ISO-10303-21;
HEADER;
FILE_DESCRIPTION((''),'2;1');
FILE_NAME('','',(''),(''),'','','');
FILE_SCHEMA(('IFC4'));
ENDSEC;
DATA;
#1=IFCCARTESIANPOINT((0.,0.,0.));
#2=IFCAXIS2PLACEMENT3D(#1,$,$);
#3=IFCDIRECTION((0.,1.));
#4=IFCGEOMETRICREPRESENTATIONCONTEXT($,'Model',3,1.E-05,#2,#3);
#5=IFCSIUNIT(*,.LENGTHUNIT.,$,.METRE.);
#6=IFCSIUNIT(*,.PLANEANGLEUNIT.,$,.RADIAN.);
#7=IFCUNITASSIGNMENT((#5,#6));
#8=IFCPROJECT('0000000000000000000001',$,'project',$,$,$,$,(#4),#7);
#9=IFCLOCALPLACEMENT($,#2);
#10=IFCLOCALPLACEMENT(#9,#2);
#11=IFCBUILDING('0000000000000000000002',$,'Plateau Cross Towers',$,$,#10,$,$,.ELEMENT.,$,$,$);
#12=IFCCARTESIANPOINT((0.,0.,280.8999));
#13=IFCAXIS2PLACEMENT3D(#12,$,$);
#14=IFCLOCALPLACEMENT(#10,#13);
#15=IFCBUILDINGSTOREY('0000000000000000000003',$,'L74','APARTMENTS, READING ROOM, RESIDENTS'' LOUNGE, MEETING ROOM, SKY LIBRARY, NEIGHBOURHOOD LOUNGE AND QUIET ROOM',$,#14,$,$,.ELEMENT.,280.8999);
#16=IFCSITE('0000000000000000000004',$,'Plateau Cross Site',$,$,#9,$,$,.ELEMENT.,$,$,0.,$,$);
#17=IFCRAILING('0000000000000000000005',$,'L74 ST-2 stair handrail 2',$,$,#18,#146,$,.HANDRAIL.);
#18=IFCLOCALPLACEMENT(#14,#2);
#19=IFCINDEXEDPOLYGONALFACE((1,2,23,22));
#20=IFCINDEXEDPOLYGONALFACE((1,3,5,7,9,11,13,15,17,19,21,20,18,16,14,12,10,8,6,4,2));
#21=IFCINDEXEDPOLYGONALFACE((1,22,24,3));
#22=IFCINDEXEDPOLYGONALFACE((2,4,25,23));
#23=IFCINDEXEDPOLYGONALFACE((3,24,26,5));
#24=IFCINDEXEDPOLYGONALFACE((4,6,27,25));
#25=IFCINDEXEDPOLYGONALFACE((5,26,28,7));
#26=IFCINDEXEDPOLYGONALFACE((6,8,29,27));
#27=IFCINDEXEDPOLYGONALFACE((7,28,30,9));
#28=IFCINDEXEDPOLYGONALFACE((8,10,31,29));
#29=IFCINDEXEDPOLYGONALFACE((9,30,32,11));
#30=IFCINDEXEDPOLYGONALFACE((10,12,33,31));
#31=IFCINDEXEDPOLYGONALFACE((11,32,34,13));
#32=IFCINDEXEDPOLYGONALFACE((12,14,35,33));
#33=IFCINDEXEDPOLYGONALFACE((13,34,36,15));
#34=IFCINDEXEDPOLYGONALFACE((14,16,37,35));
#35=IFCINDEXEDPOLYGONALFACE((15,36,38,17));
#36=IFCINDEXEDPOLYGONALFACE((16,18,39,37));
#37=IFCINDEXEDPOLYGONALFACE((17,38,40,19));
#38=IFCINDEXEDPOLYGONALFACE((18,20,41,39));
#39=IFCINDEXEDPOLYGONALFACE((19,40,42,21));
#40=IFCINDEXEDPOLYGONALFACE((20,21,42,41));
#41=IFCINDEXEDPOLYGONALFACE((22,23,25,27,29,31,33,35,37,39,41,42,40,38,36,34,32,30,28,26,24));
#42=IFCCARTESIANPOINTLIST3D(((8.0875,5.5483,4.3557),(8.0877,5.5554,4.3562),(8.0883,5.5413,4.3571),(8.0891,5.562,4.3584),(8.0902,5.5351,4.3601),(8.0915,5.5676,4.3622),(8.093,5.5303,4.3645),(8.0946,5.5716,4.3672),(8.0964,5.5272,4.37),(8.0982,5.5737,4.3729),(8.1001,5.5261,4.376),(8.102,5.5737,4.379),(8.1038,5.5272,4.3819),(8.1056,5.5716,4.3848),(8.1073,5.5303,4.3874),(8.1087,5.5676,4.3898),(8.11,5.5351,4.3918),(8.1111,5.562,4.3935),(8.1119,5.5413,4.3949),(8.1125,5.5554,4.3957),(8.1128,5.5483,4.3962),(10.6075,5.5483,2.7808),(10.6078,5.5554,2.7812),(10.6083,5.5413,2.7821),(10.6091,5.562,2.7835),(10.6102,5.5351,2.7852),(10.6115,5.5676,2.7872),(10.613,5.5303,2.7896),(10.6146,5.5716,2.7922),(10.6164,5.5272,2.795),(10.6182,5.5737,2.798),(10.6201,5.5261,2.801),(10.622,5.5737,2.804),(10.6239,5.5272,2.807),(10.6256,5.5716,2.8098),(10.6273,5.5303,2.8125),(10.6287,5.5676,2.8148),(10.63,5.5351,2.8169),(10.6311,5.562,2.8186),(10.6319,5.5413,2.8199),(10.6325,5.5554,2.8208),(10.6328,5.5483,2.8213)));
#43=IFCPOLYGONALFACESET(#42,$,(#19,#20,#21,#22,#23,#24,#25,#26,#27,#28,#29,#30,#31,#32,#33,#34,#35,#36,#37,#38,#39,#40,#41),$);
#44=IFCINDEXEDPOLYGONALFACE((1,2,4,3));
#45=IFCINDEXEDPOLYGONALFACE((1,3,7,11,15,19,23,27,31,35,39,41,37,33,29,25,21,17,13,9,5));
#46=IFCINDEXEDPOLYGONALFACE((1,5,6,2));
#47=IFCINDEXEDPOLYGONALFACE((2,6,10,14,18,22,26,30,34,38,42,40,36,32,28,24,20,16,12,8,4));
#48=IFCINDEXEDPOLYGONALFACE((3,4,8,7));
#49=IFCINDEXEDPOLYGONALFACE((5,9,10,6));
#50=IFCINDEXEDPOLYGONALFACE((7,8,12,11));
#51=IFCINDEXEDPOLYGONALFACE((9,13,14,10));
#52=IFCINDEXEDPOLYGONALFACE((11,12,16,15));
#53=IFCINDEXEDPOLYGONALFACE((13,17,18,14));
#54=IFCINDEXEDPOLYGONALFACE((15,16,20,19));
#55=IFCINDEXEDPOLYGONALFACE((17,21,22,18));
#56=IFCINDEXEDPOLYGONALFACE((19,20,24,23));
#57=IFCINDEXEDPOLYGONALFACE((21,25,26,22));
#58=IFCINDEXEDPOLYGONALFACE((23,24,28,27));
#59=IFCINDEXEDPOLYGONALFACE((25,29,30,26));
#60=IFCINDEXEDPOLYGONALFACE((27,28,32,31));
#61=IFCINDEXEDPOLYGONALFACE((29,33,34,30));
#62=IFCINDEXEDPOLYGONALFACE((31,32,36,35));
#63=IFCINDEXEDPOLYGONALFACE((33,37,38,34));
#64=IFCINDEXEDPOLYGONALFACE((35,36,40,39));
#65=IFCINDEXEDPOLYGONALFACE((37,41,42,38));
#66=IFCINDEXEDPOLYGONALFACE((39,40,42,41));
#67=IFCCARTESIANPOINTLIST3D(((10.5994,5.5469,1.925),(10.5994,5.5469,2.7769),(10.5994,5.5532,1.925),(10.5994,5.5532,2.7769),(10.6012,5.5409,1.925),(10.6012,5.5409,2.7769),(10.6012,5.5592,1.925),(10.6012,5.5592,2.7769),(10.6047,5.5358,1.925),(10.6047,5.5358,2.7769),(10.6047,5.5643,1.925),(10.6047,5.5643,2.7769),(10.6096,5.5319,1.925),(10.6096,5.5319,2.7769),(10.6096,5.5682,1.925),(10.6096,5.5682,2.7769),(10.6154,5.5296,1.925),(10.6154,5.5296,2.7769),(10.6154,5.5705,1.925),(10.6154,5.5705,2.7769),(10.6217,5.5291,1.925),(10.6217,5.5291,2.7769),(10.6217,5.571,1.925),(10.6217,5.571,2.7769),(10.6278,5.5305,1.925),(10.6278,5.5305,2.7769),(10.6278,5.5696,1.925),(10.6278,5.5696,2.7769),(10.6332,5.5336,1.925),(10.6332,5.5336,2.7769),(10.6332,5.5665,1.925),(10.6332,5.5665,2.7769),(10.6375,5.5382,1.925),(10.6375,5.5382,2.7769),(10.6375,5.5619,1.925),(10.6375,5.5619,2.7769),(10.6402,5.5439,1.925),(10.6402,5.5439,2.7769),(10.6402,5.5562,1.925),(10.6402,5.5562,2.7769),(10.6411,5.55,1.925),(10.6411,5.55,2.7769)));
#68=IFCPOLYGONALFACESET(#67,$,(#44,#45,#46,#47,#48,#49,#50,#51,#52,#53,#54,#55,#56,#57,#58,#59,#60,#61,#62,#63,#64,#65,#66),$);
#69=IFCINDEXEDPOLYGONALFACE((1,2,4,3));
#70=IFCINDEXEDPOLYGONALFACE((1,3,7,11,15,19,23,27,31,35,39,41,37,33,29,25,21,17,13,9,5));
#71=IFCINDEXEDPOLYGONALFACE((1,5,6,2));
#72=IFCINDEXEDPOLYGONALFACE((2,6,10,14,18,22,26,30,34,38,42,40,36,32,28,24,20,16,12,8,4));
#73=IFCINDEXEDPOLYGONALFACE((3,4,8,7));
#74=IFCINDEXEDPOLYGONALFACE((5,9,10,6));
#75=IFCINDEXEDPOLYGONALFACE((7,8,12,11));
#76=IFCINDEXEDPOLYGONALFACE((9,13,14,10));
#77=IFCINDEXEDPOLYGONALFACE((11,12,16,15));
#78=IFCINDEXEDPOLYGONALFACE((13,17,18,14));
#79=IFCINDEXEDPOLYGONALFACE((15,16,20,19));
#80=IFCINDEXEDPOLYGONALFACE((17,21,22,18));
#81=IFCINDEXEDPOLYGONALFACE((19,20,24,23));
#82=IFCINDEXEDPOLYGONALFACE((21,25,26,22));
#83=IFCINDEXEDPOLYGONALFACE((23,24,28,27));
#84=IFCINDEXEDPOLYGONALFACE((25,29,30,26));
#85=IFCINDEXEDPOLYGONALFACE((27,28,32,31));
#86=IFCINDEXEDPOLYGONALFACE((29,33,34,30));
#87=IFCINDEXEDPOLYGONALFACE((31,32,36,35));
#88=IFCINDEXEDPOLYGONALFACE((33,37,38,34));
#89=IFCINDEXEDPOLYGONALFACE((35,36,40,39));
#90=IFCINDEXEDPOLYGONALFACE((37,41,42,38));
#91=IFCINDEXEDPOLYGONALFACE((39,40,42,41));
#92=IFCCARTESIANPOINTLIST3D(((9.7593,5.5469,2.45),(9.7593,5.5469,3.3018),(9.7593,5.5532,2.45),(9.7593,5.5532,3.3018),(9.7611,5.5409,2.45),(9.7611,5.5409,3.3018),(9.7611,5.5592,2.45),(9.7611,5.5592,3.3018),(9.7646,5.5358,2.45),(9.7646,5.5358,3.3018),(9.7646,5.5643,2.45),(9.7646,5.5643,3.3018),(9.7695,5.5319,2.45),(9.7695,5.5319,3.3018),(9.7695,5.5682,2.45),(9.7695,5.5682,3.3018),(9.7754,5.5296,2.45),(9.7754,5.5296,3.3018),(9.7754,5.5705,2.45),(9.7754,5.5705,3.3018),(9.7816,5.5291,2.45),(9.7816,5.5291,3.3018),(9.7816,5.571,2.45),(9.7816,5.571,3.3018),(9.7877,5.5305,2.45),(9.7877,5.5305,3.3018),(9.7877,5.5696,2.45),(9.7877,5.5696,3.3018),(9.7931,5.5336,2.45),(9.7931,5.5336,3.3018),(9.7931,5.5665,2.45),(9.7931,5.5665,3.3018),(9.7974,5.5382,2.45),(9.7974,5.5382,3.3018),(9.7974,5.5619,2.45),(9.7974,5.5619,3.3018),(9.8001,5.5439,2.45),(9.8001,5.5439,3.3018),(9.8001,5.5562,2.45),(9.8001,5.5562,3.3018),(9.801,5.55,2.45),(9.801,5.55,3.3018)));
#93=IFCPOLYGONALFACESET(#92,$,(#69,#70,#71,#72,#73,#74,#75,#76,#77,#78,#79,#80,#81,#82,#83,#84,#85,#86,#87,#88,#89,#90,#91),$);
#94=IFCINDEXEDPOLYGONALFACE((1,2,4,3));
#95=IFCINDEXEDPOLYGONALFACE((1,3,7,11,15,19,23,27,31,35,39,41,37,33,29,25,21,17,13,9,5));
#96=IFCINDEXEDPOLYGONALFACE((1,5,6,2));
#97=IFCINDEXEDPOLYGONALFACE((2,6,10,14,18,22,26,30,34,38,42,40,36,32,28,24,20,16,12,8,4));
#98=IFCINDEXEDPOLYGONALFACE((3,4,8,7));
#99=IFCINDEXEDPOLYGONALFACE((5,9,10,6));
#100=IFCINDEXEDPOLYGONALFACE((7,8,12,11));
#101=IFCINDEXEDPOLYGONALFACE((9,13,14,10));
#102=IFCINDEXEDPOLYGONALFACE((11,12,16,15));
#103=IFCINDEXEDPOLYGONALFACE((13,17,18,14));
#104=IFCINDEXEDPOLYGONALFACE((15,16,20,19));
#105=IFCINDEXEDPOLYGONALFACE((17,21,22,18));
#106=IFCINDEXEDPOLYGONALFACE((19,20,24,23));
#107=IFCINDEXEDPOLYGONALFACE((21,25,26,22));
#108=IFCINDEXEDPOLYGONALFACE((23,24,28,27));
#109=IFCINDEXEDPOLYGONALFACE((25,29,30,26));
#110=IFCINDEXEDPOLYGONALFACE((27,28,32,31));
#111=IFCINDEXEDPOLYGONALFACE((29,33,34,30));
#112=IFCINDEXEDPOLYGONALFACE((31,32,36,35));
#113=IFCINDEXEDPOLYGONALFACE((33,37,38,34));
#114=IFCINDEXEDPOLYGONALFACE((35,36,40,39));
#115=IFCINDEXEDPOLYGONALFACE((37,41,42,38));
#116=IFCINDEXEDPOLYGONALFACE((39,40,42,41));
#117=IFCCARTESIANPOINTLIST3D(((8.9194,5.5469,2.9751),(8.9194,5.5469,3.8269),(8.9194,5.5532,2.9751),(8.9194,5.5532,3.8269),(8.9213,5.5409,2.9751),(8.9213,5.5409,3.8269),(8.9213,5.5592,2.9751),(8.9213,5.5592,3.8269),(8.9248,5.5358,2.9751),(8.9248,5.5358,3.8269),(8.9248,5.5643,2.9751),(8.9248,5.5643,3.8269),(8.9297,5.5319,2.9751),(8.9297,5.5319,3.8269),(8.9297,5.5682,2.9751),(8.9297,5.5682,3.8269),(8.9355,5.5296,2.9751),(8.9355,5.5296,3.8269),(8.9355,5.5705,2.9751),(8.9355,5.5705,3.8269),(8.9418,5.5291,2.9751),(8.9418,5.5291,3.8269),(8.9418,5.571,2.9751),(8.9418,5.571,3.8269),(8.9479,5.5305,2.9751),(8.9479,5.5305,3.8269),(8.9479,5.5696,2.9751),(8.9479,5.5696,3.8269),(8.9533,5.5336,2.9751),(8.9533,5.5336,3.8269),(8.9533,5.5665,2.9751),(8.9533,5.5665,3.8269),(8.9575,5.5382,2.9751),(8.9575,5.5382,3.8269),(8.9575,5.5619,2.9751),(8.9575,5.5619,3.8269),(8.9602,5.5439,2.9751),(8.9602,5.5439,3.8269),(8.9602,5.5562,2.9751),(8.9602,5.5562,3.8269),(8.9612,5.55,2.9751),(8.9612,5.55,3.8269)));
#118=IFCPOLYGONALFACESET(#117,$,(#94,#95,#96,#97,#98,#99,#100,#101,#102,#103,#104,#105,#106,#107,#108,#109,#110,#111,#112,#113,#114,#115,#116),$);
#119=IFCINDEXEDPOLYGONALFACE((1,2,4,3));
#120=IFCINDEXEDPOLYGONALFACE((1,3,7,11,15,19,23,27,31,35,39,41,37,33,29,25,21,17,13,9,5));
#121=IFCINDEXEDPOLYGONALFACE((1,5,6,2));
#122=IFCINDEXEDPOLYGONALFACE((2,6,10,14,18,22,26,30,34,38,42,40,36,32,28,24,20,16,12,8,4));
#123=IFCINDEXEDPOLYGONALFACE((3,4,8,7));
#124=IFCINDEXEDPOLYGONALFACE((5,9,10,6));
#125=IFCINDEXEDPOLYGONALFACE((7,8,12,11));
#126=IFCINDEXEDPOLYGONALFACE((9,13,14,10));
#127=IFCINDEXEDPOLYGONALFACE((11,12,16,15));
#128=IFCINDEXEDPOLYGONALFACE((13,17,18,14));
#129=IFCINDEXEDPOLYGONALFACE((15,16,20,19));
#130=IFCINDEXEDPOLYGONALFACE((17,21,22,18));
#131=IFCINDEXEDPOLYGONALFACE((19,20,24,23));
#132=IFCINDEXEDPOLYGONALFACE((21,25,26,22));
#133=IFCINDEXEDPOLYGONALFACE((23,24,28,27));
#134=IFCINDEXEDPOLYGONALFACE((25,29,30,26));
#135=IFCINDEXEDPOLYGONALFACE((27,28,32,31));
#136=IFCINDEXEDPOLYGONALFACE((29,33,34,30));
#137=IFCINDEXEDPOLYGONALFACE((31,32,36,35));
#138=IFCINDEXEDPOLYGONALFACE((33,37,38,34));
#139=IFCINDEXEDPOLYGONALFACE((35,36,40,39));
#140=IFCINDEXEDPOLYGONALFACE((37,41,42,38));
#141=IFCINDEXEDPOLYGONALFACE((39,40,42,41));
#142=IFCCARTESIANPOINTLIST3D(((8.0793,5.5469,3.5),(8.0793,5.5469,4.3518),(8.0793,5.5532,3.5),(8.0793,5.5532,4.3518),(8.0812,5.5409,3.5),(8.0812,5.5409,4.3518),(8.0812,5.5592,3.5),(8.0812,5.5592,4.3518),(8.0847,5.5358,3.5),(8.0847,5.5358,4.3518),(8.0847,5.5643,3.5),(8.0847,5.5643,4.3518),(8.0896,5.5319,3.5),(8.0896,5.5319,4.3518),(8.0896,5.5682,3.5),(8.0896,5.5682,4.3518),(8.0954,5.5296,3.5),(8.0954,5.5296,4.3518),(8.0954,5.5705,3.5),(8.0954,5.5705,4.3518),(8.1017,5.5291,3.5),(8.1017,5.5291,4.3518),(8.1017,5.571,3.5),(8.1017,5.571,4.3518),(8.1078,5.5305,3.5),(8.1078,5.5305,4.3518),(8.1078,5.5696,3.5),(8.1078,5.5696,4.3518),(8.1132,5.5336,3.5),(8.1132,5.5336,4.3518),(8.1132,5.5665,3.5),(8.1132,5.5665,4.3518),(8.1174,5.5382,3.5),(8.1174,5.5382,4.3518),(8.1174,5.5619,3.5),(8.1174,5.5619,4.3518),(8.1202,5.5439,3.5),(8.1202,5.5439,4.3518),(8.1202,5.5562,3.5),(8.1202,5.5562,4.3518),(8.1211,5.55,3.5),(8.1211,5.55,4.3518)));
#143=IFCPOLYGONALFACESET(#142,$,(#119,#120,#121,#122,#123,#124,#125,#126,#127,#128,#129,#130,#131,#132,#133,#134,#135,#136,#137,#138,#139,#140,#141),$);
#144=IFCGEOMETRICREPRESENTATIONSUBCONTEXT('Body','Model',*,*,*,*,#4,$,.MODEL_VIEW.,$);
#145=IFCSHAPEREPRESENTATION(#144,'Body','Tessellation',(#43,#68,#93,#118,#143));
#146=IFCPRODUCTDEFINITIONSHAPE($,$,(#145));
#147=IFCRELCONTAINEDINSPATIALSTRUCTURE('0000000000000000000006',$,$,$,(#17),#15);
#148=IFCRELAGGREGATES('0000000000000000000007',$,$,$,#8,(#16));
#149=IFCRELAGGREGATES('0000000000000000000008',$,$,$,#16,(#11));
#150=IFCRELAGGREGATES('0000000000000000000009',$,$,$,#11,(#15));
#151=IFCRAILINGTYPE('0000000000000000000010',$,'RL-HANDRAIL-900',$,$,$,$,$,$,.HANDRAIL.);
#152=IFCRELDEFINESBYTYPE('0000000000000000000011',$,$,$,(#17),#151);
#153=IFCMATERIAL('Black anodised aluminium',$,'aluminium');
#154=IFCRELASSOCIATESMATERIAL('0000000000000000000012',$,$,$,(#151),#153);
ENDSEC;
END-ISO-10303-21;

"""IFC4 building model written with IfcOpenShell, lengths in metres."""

from ifc_helpers import new_model, si_unit, direction, frame, origin, origin_2d, place, context, subcontext, project, spatial, circle, extrude, material, type_object, element, save


model = new_model("IFC4")

# Units and contexts
model_context = context("Model", 3, precision=1e-05, world=origin(), true_north=direction((0.0, 1.0)))
body_context = subcontext(model_context, "Body", "Model", "MODEL_VIEW")
ifc_project = project(units=[si_unit("LENGTHUNIT", "METRE"), si_unit("PLANEANGLEUNIT", "RADIAN")], contexts=[model_context])

# Site, building, storey
site_placement = place(None, origin())
site = spatial("IfcSite", under=ifc_project, at=site_placement, Name="Plateau Cross Site", CompositionType="ELEMENT", RefElevation=0.0)
building_placement = place(site_placement, origin())
building = spatial("IfcBuilding", under=site, at=building_placement, Name="Plateau Cross Towers", CompositionType="ELEMENT")
storey_placement = place(building_placement, frame((0.0, 0.0, 280.8999)))
storey = spatial("IfcBuildingStorey", under=building, at=storey_placement, Name="L74", Description="APARTMENTS, READING ROOM, RESIDENTS' LOUNGE, MEETING ROOM, SKY LIBRARY, NEIGHBOURHOOD LOUNGE AND QUIET ROOM", CompositionType="ELEMENT", Elevation=280.8999)

# Shared definitions
ifc_material_1 = material(Name="Black anodised aluminium", Category="aluminium")

# Railing
railing_type_1 = type_object("IfcRailingType", Name="RL-HANDRAIL-900", PredefinedType="HANDRAIL", material=ifc_material_1)
railing_1_placement = place(storey_placement, frame((10.6201, 5.55, 1.925)))
element("IfcRailing", 1, at=railing_1_placement, inside=storey, type_object=railing_type_1, Name="L74 ST-2 stair handrail 2", PredefinedType="HANDRAIL", context=body_context, shape_type="SweptSolid", body=[
    extrude(circle(Radius=0.0239, at=origin_2d()), frame((0.0, 0.0, 0.876), z_axis=(-0.848008, 0.0, 0.529984), x_axis=(0.0, -1.0, 0.0)), (0.0, 0.0, 1.0), 2.9717),
    extrude(circle(Radius=0.021, at=origin_2d()), origin(), (0.0, 0.0, 1.0), 0.8518),
    extrude(circle(Radius=0.021, at=origin_2d()), frame((-0.8401, 0.0, 0.5249)), (0.0, 0.0, 1.0), 0.8518),
    extrude(circle(Radius=0.021, at=origin_2d()), frame((-1.6799, 0.0, 1.05)), (0.0, 0.0, 1.0), 0.8518),
    extrude(circle(Radius=0.021, at=origin_2d()), frame((-2.52, 0.0, 1.575)), (0.0, 0.0, 1.0), 0.8518),
])

save(model, "model.ifc")
